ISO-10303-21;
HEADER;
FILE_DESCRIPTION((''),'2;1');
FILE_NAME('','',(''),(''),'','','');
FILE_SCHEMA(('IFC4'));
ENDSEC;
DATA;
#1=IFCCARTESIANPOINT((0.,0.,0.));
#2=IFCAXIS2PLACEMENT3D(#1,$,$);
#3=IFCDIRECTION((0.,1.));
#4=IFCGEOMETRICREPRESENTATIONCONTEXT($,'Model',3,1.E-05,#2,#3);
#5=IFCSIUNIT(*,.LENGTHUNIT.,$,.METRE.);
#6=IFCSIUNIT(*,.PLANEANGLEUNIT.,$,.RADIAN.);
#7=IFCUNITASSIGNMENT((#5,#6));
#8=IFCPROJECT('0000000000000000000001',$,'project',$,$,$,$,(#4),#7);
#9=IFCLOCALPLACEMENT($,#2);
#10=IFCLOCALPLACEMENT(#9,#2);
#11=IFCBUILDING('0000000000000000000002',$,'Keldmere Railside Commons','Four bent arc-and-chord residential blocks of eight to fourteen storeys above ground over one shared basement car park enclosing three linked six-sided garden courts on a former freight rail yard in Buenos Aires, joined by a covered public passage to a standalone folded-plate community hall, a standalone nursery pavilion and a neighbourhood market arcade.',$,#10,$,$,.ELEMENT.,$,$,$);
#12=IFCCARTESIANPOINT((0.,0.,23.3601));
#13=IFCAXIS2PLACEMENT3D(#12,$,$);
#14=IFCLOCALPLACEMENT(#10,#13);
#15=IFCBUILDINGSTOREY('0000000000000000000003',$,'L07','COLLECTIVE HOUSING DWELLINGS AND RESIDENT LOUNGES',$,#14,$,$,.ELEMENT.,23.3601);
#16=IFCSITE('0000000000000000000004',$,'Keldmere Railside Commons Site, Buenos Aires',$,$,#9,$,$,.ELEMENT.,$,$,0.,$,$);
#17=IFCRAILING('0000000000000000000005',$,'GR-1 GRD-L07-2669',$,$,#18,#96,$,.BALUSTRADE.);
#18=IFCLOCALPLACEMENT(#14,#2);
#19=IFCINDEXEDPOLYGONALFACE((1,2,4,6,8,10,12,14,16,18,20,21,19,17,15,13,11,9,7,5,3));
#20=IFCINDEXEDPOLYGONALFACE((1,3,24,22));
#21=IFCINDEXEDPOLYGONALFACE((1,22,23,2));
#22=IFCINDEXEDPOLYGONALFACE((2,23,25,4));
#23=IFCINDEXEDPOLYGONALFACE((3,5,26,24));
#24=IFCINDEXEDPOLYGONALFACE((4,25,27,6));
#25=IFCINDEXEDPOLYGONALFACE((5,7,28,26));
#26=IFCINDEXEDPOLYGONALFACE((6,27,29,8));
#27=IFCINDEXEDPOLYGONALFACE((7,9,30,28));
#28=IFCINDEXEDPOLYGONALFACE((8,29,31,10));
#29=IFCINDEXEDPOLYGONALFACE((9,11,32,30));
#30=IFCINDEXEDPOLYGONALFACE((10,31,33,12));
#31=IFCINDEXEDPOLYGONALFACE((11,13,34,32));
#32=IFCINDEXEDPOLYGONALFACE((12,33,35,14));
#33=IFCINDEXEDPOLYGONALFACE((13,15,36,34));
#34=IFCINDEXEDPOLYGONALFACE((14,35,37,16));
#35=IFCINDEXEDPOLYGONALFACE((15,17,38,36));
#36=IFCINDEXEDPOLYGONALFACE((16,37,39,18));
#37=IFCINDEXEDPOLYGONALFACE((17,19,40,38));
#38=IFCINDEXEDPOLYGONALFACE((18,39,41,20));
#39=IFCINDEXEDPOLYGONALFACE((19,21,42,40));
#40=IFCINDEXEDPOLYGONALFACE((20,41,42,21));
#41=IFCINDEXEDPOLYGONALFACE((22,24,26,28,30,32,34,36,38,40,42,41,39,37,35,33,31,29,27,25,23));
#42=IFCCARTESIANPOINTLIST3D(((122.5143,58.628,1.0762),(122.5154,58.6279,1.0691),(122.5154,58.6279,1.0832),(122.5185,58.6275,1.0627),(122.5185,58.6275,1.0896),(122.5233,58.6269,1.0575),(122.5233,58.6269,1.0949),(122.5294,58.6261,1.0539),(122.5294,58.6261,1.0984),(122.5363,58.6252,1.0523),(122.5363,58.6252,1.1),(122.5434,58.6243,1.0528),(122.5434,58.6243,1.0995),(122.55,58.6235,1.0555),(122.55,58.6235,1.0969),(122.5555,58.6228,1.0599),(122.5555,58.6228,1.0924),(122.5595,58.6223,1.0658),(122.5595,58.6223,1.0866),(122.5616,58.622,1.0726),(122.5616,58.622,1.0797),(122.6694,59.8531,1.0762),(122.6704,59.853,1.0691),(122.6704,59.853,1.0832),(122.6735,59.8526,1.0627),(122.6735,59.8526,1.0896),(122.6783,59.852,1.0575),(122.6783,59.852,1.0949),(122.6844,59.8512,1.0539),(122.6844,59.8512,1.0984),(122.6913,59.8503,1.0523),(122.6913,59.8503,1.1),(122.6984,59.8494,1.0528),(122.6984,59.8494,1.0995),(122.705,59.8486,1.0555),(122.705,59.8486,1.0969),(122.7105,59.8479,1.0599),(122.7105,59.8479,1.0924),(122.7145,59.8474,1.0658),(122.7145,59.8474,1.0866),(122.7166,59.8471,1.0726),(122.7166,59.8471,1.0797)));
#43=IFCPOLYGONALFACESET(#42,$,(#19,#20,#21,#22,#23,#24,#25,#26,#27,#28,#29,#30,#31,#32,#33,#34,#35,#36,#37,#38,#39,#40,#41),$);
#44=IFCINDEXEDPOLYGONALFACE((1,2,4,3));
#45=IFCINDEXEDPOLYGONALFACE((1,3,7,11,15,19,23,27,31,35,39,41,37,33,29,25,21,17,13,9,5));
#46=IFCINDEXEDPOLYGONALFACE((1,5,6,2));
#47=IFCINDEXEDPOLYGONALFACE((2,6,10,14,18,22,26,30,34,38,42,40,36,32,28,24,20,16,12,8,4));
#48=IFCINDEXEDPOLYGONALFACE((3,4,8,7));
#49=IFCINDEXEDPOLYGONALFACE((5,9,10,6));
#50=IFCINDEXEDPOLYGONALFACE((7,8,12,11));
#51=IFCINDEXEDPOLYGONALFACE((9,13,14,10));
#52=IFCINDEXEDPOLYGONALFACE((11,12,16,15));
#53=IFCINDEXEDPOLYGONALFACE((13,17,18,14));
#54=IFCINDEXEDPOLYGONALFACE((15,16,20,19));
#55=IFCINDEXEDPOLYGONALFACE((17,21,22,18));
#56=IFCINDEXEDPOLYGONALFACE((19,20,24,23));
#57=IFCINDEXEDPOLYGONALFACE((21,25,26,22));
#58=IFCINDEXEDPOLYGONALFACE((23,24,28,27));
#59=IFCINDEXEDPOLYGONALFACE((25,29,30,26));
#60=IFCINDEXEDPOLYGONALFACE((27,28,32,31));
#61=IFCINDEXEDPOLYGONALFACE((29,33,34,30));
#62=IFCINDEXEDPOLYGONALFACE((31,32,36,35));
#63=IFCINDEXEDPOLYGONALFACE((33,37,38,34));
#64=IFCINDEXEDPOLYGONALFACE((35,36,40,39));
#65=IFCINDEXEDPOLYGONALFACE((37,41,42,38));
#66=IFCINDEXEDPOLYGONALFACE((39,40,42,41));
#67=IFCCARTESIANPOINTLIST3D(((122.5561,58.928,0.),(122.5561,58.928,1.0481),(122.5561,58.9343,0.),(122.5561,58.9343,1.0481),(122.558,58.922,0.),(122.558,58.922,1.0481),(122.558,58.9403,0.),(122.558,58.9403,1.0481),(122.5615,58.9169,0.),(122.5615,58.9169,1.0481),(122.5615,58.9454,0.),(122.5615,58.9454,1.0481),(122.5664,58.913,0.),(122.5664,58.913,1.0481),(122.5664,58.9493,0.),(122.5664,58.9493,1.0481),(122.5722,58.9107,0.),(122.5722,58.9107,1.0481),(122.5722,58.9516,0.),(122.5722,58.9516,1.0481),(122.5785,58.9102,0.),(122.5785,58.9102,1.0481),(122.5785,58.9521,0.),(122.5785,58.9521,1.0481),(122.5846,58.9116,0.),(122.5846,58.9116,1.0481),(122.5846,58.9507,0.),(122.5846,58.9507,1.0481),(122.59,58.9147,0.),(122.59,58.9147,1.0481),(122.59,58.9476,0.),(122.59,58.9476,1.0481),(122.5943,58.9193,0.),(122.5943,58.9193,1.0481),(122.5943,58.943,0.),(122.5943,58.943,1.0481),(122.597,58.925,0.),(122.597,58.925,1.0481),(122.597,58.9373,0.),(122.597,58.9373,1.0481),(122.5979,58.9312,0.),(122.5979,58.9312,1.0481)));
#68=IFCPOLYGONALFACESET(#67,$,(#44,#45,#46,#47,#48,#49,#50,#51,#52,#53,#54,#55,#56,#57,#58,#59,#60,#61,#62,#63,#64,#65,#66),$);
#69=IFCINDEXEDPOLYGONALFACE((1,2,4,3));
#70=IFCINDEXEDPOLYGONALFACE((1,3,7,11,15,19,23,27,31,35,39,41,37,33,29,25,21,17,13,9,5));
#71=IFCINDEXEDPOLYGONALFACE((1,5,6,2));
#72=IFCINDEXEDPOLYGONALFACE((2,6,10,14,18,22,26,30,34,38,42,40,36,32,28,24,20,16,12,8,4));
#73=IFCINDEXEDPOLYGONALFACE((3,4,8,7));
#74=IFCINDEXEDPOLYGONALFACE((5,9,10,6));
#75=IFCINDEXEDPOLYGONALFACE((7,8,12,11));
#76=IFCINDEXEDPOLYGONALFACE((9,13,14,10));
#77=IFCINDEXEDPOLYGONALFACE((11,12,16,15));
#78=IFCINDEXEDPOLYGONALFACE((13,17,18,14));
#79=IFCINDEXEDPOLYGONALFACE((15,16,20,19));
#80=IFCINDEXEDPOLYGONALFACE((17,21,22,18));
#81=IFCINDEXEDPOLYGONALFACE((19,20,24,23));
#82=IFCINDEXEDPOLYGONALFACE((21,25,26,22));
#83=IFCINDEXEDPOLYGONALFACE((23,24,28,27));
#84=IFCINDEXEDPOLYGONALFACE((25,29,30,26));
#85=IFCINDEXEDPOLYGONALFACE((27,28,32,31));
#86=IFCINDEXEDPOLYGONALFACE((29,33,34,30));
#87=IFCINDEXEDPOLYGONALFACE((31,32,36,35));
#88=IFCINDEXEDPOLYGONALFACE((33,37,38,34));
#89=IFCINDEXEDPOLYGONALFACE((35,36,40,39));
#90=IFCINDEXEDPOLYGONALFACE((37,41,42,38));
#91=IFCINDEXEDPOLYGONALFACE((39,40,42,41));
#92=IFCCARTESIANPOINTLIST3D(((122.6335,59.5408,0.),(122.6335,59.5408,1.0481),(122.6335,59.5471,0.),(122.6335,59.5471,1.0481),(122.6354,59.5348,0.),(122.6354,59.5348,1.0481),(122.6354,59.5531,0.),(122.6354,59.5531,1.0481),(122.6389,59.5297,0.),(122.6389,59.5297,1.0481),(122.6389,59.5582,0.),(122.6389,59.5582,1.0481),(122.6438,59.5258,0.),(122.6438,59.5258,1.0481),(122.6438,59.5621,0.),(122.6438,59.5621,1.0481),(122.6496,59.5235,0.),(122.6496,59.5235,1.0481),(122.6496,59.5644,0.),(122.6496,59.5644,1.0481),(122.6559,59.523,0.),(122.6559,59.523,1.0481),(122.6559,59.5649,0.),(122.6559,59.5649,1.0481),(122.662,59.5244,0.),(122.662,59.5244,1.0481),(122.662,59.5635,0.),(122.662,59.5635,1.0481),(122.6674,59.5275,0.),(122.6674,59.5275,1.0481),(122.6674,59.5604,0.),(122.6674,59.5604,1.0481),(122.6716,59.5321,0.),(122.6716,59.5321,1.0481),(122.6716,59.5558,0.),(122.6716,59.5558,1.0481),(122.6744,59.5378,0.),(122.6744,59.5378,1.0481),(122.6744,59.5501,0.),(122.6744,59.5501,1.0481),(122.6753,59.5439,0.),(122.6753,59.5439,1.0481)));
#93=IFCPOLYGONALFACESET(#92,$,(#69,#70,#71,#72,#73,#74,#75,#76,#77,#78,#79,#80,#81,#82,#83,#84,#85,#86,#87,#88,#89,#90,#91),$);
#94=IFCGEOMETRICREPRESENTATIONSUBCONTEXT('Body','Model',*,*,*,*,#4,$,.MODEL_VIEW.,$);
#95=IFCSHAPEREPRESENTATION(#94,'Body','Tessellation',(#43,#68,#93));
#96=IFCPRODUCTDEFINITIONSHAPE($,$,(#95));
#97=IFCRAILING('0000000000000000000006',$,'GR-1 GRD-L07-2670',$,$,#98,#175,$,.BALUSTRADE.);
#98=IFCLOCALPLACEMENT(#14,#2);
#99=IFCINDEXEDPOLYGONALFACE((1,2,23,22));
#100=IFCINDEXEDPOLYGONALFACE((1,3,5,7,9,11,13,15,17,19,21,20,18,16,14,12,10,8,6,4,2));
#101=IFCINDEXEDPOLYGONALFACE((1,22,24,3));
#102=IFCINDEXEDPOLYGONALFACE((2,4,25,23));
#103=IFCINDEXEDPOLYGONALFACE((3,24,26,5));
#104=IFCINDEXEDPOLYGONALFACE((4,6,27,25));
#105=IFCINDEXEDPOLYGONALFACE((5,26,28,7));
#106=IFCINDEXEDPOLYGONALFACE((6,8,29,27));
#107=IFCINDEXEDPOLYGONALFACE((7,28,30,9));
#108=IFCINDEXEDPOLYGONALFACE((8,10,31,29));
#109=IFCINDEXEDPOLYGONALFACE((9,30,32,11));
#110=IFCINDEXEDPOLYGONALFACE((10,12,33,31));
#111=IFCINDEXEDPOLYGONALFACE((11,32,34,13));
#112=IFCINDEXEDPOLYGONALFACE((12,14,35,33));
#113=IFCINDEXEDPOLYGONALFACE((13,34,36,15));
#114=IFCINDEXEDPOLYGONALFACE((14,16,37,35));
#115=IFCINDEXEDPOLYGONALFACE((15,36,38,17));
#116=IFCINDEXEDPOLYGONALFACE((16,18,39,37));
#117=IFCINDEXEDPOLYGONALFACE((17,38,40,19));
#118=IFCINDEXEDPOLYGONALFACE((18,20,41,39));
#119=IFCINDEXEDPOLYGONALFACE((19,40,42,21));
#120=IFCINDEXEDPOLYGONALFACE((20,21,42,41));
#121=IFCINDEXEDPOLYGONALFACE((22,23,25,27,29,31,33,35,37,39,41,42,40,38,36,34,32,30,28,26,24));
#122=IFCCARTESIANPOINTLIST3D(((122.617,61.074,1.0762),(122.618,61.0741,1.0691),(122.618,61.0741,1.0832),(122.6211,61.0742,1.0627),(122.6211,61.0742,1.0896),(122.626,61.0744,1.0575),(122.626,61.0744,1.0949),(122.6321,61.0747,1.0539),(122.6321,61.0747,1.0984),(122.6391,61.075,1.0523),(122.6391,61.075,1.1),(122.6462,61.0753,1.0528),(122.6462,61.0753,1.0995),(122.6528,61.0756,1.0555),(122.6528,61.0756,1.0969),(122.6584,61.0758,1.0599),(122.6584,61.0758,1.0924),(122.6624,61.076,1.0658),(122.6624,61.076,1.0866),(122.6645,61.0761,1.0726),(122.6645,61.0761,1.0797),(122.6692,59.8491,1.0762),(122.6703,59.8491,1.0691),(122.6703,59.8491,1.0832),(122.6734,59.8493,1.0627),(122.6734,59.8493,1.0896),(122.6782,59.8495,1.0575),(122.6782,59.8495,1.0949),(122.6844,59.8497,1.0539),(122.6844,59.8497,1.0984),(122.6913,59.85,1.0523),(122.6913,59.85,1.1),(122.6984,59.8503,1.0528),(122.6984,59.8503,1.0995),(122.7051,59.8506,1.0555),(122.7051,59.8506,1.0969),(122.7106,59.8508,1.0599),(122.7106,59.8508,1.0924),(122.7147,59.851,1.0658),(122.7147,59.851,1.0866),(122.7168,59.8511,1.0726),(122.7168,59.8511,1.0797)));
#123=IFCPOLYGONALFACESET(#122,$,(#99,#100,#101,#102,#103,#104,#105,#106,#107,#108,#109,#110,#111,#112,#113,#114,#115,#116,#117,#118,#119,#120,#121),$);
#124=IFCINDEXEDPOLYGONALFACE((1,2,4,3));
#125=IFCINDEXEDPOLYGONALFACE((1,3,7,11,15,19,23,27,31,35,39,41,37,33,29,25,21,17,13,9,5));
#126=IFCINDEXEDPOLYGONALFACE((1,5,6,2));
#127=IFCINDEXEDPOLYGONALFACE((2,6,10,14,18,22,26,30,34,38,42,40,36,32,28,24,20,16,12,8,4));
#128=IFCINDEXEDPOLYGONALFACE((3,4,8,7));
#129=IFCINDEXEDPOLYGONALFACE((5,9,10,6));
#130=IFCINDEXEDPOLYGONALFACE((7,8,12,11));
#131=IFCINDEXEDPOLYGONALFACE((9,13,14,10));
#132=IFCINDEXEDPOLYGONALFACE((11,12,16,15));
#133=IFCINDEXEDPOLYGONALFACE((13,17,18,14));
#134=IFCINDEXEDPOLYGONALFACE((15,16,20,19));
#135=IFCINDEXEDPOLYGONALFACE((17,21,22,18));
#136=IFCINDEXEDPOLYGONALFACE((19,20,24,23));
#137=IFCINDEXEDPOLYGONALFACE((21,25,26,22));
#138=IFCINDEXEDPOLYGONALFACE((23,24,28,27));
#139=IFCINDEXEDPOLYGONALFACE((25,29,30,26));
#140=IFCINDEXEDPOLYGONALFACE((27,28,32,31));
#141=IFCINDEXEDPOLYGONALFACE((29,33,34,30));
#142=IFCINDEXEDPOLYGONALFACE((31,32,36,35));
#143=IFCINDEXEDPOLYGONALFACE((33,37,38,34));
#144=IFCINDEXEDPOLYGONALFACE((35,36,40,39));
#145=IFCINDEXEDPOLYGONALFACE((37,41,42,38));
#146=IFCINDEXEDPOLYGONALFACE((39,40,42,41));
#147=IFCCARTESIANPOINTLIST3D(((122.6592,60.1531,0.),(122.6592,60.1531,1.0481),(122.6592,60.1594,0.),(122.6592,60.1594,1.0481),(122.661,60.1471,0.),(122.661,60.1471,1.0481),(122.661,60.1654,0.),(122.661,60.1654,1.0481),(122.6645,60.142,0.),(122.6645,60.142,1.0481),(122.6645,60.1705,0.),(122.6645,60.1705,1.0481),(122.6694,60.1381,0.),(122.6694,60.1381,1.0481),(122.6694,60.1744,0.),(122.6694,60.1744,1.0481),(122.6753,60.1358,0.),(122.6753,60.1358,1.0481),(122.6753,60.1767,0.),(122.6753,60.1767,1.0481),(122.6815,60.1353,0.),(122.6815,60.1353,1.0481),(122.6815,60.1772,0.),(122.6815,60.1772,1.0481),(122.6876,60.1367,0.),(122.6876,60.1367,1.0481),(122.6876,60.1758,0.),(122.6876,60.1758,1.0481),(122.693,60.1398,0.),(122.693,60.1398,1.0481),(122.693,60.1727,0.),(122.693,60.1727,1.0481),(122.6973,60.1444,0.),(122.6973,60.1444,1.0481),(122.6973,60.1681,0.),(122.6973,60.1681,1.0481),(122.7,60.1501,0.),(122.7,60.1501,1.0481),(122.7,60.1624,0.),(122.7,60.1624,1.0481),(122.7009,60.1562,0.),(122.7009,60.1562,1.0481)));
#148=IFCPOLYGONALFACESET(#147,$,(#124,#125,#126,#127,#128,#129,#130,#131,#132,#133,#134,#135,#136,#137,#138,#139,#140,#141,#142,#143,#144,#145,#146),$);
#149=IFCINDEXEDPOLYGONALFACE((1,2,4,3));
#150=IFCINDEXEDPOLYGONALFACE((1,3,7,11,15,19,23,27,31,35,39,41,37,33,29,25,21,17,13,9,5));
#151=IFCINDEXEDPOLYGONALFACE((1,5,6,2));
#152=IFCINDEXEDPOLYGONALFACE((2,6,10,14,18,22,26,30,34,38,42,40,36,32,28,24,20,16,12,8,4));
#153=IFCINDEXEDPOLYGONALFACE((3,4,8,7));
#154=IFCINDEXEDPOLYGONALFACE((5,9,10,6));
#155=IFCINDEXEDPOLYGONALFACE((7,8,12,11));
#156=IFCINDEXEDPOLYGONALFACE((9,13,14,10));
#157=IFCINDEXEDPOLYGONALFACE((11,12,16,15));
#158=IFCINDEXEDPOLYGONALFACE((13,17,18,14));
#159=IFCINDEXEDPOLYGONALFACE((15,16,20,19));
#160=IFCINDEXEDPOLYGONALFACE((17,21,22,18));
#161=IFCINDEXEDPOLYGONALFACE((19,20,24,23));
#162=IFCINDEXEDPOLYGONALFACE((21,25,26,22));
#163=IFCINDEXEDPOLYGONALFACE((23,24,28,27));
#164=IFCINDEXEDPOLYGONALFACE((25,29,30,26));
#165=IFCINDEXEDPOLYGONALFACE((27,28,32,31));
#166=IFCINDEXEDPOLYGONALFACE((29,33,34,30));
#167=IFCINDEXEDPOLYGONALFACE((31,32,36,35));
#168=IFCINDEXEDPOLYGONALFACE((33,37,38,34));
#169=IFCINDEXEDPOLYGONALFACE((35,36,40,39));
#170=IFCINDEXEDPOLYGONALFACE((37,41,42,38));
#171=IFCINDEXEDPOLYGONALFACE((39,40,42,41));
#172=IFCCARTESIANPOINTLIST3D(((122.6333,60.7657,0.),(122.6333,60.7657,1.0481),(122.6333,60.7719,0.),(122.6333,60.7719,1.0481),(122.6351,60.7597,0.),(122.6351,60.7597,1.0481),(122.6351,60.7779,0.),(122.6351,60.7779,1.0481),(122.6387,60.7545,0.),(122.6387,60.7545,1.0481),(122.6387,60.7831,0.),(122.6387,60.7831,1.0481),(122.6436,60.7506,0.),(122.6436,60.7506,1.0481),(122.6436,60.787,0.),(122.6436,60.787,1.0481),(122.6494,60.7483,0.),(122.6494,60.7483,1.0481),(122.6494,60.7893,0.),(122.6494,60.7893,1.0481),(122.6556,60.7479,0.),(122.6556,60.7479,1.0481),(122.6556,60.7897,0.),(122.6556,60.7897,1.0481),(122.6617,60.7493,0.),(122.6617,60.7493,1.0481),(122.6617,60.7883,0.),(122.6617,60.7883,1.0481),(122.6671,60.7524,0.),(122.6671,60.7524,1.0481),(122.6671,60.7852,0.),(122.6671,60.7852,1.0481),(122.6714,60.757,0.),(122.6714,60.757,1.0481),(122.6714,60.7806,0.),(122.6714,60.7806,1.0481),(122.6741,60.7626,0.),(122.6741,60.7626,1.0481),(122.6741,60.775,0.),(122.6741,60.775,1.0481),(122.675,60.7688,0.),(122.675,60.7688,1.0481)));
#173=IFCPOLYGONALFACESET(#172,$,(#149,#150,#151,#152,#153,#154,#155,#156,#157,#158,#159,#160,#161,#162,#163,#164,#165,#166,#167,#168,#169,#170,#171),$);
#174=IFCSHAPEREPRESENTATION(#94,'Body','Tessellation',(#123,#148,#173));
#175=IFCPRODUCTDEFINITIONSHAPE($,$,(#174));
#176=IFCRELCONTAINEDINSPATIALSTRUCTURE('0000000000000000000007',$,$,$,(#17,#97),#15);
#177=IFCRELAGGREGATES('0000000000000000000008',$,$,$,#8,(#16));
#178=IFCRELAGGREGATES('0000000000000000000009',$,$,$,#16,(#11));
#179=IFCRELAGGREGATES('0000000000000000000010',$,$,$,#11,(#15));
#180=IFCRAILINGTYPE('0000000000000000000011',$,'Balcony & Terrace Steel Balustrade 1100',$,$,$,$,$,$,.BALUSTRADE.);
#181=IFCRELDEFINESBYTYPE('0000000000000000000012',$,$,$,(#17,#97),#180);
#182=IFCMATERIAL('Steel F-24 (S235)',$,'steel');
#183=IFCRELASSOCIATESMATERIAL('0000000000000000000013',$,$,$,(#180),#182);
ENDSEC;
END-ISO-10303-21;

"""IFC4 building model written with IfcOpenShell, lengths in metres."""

from ifc_helpers import new_model, si_unit, direction, frame, origin, origin_2d, place, context, subcontext, project, spatial, circle, extrude, material, type_object, element, save


model = new_model("IFC4")

# Units and contexts
model_context = context("Model", 3, precision=1e-05, world=origin(), true_north=direction((0.0, 1.0)))
body_context = subcontext(model_context, "Body", "Model", "MODEL_VIEW")
ifc_project = project(units=[si_unit("LENGTHUNIT", "METRE"), si_unit("PLANEANGLEUNIT", "RADIAN")], contexts=[model_context])

# Site, building, storey
site_placement = place(None, origin())
site = spatial("IfcSite", under=ifc_project, at=site_placement, Name="Keldmere Railside Commons Site, Buenos Aires", CompositionType="ELEMENT", RefElevation=0.0)
building_placement = place(site_placement, origin())
building = spatial("IfcBuilding", under=site, at=building_placement, Name="Keldmere Railside Commons", Description="Four bent arc-and-chord residential blocks of eight to fourteen storeys above ground over one shared basement car park enclosing three linked six-sided garden courts on a former freight rail yard in Buenos Aires, joined by a covered public passage to a standalone folded-plate community hall, a standalone nursery pavilion and a neighbourhood market arcade.", CompositionType="ELEMENT")
storey_placement = place(building_placement, frame((0.0, 0.0, 23.3601)))
storey = spatial("IfcBuildingStorey", under=building, at=storey_placement, Name="L07", Description="COLLECTIVE HOUSING DWELLINGS AND RESIDENT LOUNGES", CompositionType="ELEMENT", Elevation=23.3601)

# Railings
ifc_material_1 = material(Name="Steel F-24 (S235)", Category="steel")
railing_type = type_object("IfcRailingType", Name="Balcony & Terrace Steel Balustrade 1100", PredefinedType="BALUSTRADE", material=ifc_material_1)
railing_1_placement = place(storey_placement, frame((122.5381, 58.625, 0.0)))
element("IfcRailing", 1, at=railing_1_placement, inside=storey, type_object=railing_type, Name="GR-1 GRD-L07-2669", PredefinedType="BALUSTRADE", context=body_context, shape_type="SweptSolid", body=[
    extrude(circle(Radius=0.0239, at=origin_2d()), frame((0.0, 0.0, 1.0762), z_axis=(0.125543, 0.992088, 0.0), x_axis=(-0.992088, 0.125543, 0.0)), (0.0, 0.0, 1.0), 1.2349),
    extrude(circle(Radius=0.021, at=origin_2d()), frame((0.0388, 0.3062, 0.0)), (0.0, 0.0, 1.0), 1.0481),
    extrude(circle(Radius=0.021, at=origin_2d()), frame((0.1162, 0.9189, 0.0)), (0.0, 0.0, 1.0), 1.0481),
])
railing_2_placement = place(storey_placement, frame((122.6931, 59.8501, 0.0)))
element("IfcRailing", 2, at=railing_2_placement, inside=storey, type_object=railing_type, Name="GR-1 GRD-L07-2670", PredefinedType="BALUSTRADE", context=body_context, shape_type="SweptSolid", body=[
    extrude(circle(Radius=0.0239, at=origin_2d()), frame((0.0, 0.0, 1.0762), z_axis=(-0.042616, 0.999092, 0.0), x_axis=(-0.999092, -0.042616, 0.0)), (0.0, 0.0, 1.0), 1.2261),
    extrude(circle(Radius=0.021, at=origin_2d()), frame((-0.0132, 0.3062, 0.0)), (0.0, 0.0, 1.0), 1.0481),
    extrude(circle(Radius=0.021, at=origin_2d()), frame((-0.0391, 0.9187, 0.0)), (0.0, 0.0, 1.0), 1.0481),
])

save(model, "model.ifc")
